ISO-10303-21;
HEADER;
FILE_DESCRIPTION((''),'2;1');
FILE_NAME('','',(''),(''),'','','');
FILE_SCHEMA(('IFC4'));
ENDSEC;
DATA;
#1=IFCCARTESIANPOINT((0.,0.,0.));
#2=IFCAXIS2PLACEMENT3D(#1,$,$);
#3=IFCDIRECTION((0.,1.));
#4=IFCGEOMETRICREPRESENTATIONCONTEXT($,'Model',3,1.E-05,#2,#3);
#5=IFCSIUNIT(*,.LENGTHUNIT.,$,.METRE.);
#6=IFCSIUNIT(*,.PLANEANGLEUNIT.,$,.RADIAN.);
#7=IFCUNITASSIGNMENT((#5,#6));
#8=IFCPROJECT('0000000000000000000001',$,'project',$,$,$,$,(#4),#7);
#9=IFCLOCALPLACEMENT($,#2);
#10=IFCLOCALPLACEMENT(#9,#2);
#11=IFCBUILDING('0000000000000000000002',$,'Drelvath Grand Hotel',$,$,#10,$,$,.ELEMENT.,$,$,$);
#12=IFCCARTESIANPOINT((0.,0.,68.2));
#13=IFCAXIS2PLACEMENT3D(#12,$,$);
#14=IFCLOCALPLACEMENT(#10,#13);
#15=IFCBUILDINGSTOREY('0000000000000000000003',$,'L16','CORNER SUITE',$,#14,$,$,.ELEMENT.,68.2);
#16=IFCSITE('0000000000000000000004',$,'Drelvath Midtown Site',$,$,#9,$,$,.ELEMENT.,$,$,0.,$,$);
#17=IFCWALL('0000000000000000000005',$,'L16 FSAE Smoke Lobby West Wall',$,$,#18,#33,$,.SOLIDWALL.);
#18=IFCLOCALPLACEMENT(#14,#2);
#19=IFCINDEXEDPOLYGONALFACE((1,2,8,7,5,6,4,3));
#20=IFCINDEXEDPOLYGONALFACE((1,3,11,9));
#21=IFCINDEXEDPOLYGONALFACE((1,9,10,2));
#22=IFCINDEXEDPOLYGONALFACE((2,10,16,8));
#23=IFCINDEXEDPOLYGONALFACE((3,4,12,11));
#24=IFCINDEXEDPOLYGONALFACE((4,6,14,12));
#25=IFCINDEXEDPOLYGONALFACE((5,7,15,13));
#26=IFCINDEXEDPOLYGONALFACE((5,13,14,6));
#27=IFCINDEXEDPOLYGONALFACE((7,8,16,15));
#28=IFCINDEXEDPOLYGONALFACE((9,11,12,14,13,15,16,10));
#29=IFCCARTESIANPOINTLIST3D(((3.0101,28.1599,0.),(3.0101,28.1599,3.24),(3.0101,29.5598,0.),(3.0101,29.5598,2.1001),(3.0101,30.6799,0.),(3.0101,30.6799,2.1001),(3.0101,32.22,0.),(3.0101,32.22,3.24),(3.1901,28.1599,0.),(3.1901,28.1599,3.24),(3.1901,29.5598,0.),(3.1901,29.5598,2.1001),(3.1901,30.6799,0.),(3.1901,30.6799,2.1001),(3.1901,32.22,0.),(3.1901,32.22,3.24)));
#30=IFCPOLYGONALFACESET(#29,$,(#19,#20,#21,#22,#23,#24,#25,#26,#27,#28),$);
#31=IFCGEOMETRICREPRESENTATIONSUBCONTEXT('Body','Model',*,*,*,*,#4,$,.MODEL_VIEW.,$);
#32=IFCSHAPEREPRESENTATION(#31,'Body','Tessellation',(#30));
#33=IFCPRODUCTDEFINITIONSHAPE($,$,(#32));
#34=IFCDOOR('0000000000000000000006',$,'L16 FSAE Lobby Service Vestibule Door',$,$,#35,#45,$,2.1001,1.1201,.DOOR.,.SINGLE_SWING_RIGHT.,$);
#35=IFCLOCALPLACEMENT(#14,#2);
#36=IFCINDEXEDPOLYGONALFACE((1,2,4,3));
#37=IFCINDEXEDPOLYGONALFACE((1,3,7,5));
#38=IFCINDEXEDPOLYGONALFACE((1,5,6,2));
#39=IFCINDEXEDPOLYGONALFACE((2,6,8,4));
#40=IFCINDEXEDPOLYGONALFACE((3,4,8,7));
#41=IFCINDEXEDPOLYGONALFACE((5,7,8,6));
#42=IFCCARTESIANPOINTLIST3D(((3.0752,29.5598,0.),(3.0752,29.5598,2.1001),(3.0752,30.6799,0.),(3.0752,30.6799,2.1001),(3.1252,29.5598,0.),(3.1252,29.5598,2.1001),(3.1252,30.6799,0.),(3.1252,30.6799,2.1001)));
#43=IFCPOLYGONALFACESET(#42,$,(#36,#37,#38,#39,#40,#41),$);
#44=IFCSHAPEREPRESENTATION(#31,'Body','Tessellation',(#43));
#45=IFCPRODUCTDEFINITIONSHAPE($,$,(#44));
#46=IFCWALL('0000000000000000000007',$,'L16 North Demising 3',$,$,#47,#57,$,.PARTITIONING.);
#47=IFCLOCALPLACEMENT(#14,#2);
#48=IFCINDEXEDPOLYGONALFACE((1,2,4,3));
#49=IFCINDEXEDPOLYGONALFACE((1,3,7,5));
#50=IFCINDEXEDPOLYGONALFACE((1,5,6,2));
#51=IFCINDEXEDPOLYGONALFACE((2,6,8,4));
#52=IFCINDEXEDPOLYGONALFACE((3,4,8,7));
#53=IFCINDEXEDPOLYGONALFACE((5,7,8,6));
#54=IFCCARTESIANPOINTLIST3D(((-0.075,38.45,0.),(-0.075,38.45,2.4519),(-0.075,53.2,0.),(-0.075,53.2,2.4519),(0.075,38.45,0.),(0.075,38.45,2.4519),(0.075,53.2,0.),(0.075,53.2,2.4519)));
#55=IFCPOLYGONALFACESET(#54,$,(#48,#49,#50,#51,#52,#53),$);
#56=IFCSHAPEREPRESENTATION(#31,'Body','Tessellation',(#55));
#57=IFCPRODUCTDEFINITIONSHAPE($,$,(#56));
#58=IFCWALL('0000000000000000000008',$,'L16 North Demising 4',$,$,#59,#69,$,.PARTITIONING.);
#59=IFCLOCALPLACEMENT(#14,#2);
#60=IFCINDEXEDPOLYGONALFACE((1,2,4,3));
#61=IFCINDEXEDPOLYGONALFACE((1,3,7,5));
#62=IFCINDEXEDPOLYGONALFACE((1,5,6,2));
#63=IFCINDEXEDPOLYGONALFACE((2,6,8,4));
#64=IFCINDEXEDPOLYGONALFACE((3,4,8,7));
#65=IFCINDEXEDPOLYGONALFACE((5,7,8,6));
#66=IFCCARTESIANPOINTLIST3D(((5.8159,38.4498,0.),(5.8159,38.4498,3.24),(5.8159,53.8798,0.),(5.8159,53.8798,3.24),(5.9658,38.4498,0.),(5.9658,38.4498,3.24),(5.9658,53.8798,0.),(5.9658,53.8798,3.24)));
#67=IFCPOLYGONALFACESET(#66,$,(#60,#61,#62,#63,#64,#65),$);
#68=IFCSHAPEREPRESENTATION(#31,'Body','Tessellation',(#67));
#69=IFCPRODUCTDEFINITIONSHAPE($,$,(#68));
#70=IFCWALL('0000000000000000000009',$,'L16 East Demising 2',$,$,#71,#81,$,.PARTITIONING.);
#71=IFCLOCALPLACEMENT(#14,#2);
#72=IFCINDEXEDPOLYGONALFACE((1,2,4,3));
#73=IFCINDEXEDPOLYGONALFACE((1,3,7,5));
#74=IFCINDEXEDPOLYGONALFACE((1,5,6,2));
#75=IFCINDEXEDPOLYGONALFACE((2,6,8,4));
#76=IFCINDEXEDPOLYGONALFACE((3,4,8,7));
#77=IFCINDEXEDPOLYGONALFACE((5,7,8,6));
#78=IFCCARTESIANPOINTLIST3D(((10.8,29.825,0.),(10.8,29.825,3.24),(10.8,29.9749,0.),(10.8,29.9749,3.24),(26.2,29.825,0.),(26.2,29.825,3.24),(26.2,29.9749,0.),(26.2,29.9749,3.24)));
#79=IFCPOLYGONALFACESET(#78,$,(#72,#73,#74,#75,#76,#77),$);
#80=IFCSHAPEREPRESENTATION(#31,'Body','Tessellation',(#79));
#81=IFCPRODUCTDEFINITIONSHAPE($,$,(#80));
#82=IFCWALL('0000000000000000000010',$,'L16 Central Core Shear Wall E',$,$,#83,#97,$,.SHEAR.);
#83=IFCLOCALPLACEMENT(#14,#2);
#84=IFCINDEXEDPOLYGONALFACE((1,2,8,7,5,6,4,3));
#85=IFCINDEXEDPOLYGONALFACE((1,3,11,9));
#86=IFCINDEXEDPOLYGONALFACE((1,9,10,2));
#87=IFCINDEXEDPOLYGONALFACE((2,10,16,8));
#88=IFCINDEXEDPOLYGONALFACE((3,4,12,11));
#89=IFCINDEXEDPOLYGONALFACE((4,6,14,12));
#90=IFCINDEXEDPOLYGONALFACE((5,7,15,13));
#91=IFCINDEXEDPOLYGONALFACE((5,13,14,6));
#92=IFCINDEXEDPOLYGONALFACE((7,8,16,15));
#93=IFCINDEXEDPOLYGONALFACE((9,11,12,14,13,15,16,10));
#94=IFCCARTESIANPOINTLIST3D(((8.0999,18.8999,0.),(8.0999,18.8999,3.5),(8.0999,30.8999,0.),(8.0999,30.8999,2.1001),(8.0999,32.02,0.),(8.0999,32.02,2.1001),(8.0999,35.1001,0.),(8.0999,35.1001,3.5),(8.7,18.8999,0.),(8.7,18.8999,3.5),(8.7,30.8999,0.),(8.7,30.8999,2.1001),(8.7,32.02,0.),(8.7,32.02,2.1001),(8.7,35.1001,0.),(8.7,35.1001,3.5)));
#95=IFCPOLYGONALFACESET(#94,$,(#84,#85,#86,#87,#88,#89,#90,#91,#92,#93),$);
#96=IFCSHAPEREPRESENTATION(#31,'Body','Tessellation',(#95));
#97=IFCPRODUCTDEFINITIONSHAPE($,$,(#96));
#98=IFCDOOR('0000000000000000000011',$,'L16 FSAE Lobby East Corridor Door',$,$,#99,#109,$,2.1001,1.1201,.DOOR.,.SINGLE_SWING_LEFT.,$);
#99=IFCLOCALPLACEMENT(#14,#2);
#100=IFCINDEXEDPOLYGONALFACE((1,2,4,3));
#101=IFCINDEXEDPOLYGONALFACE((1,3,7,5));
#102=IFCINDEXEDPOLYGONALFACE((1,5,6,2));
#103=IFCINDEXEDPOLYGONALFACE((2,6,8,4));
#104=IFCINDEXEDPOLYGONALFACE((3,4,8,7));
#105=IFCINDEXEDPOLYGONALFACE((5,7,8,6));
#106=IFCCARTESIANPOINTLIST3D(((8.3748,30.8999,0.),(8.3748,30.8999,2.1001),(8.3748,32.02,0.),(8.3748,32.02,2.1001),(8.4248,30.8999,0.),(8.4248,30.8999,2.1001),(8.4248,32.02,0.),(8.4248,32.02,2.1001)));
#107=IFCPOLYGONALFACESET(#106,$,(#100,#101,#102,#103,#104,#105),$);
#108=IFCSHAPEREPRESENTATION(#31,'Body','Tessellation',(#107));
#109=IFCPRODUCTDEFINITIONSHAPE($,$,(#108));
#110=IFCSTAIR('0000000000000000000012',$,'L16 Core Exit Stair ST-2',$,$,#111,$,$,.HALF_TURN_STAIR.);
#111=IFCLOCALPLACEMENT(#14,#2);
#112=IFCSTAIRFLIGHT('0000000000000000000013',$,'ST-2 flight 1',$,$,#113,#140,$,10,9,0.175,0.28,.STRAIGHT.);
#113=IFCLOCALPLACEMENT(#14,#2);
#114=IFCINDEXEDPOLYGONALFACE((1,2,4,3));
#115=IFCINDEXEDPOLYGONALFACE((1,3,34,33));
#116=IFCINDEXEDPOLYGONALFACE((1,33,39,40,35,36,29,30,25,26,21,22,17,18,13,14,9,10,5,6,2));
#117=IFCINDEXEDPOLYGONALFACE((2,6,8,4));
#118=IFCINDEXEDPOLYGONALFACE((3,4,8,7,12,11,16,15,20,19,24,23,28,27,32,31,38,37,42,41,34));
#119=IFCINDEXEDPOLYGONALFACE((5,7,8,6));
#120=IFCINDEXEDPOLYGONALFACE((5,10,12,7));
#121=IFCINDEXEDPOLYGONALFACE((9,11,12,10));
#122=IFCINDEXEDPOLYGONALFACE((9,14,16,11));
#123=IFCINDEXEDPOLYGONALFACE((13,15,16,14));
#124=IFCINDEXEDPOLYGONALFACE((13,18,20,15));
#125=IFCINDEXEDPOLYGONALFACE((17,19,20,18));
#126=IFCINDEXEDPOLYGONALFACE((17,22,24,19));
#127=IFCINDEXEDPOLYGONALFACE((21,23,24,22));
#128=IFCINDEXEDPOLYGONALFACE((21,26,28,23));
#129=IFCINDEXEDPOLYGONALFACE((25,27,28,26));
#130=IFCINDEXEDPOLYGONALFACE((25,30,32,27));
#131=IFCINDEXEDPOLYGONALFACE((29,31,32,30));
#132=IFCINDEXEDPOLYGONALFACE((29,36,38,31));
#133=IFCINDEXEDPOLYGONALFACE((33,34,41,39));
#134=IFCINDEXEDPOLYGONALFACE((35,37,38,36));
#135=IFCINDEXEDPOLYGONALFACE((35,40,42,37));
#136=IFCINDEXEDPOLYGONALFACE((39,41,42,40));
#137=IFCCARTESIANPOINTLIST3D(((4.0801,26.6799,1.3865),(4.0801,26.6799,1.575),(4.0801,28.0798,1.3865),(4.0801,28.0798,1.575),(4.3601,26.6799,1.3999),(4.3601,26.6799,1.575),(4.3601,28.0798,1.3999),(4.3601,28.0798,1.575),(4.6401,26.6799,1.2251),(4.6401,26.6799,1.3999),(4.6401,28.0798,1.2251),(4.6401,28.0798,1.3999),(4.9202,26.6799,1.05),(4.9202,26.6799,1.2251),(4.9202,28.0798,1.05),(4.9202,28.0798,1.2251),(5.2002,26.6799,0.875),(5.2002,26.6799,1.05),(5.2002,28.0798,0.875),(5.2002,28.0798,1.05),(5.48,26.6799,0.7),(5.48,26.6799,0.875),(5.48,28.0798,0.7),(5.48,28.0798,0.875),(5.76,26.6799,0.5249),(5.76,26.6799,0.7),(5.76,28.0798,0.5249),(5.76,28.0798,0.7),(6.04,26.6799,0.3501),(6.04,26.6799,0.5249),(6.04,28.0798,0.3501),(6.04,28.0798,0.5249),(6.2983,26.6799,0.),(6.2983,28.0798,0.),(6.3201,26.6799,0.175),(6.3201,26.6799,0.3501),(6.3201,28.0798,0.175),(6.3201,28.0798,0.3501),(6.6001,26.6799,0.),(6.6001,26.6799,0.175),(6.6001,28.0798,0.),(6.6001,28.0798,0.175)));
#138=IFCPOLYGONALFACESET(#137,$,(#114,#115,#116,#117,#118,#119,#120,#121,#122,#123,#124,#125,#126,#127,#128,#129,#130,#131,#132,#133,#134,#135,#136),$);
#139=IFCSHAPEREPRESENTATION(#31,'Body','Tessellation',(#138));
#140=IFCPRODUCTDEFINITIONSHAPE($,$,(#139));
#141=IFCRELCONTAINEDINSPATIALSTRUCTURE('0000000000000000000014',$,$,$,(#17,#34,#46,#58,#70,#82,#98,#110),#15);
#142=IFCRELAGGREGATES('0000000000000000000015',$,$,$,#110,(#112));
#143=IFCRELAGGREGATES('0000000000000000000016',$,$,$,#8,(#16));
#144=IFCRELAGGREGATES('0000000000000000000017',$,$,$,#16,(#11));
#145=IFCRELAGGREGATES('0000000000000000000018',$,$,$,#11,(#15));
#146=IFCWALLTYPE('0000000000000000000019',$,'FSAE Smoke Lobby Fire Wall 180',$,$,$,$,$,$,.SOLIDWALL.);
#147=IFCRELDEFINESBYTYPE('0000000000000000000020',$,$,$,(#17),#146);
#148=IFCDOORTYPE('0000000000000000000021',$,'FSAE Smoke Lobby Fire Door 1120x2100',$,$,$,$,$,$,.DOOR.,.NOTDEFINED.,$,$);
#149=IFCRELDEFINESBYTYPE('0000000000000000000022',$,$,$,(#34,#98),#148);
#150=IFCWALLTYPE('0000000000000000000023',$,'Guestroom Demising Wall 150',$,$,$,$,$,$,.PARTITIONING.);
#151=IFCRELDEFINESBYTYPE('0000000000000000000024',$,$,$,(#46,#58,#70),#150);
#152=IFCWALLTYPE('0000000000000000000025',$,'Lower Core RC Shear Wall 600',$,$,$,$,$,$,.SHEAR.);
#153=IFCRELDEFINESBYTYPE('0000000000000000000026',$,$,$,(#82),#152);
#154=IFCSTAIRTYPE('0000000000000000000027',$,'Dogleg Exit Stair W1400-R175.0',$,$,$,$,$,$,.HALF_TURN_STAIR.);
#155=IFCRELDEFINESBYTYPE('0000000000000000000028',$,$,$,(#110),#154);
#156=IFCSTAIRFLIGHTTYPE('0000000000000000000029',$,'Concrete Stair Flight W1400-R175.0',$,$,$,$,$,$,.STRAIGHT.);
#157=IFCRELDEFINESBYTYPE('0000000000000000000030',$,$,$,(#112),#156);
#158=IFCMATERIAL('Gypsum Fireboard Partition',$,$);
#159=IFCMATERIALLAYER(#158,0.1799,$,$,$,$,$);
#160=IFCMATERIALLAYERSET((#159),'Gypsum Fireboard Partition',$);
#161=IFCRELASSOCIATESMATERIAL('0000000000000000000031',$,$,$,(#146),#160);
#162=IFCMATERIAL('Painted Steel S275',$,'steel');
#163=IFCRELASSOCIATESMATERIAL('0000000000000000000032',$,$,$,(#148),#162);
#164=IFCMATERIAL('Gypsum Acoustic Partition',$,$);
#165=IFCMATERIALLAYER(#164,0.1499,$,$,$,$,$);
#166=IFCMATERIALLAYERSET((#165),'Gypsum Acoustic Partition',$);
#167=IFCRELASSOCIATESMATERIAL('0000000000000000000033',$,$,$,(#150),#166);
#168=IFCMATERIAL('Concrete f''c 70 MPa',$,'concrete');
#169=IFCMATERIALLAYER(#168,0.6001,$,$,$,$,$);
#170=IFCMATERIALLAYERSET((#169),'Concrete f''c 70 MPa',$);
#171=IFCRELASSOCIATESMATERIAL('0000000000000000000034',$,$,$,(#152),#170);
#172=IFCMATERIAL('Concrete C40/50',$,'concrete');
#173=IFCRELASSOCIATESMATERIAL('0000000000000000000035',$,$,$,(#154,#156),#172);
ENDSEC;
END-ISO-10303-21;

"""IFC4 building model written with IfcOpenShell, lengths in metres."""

from ifc_helpers import new_model, si_unit, direction, frame, frame_2d, origin, place, context, subcontext, project, spatial, polyline, rectangle, outline, extrude, material, layer, layer_set, type_object, element, fill, aggregate, save


model = new_model("IFC4")

# Units and contexts
model_context = context("Model", 3, precision=1e-05, world=origin(), true_north=direction((0.0, 1.0)))
body_context = subcontext(model_context, "Body", "Model", "MODEL_VIEW")
ifc_project = project(units=[si_unit("LENGTHUNIT", "METRE"), si_unit("PLANEANGLEUNIT", "RADIAN")], contexts=[model_context])

# Site, building, storey
site_placement = place(None, origin())
site = spatial("IfcSite", under=ifc_project, at=site_placement, Name="Drelvath Midtown Site", CompositionType="ELEMENT", RefElevation=0.0)
building_placement = place(site_placement, origin())
building = spatial("IfcBuilding", under=site, at=building_placement, Name="Drelvath Grand Hotel", CompositionType="ELEMENT")
storey_placement = place(building_placement, frame((0.0, 0.0, 68.2)))
storey = spatial("IfcBuildingStorey", under=building, at=storey_placement, Name="L16", Description="CORNER SUITE", CompositionType="ELEMENT", Elevation=68.2)

# Shared definitions
ifc_material_1 = material(Name="Concrete f'c 70 MPa", Category="concrete")

# Shared definitions
ifc_material_2 = material(Name="Concrete C40/50", Category="concrete")

# Shared definitions
ifc_material_3 = material(Name="Painted Steel S275", Category="steel")

# Shared definitions
ifc_material_4 = material(Name="Gypsum Fireboard Partition")

# Wall, opening, door
ifc_layer_1 = layer(ifc_material_4, 0.1799)
ifc_layer_set_1 = layer_set([ifc_layer_1], Name="Gypsum Fireboard Partition")
wall_type_1 = type_object("IfcWallType", Name="FSAE Smoke Lobby Fire Wall 180", PredefinedType="SOLIDWALL", material=ifc_layer_set_1)
wall_1_placement = place(storey_placement, frame((3.1001, 28.1599, 0.0), z_axis=(0.0, 0.0, 1.0), x_axis=(0.0, 1.0, 0.0)))
wall_1 = element("IfcWall", 1, at=wall_1_placement, inside=storey, type_object=wall_type_1, Name="L16 FSAE Smoke Lobby West Wall", PredefinedType="SOLIDWALL", context=body_context, shape_type="SweptSolid", body=[
    extrude(rectangle(XDim=4.0601, YDim=0.1799, at=frame_2d((2.03, 0.0))), origin(), (0.0, 0.0, 1.0), 3.24),
])
opening_1_placement = place(wall_1_placement, frame((1.3999, 0.0, 0.0)))
opening_1 = element("IfcOpeningElement", 2, at=opening_1_placement, cuts=wall_1, PredefinedType="OPENING", context=body_context, shape_type="SweptSolid", body=[
    extrude(rectangle(XDim=1.1201, YDim=2.1001, at=frame_2d((0.5601, 1.05))), frame((0.0, 0.0999, 0.0), z_axis=(0.0, -1.0, 0.0), x_axis=(1.0, 0.0, 0.0)), (0.0, 0.0, 1.0), 0.2),
])
door_type_1 = type_object("IfcDoorType", Name="FSAE Smoke Lobby Fire Door 1120x2100", OperationType="NOTDEFINED", PredefinedType="DOOR", material=ifc_material_3)
door_1_placement = place(opening_1_placement, origin())
door_1 = element("IfcDoor", 3, at=door_1_placement, inside=storey, type_object=door_type_1, Name="L16 FSAE Lobby Service Vestibule Door", OperationType="SINGLE_SWING_RIGHT", OverallHeight=2.1001, OverallWidth=1.1201, PredefinedType="DOOR", context=body_context, shape_type="SweptSolid", body=[
    extrude(rectangle(XDim=1.1201, YDim=2.1001, at=frame_2d((0.5601, 1.05))), frame((0.0, 0.0249, 0.0), z_axis=(0.0, -1.0, 0.0), x_axis=(1.0, 0.0, 0.0)), (0.0, 0.0, 1.0), 0.05),
])
fill(opening_1, door_1)

# Walls
ifc_material_5 = material(Name="Gypsum Acoustic Partition")
ifc_layer_2 = layer(ifc_material_5, 0.1499)
ifc_layer_set_2 = layer_set([ifc_layer_2], Name="Gypsum Acoustic Partition")
wall_type_2 = type_object("IfcWallType", Name="Guestroom Demising Wall 150", PredefinedType="PARTITIONING", material=ifc_layer_set_2)
wall_2_placement = place(storey_placement, frame((0.0, 38.45, 0.0), z_axis=(0.0, 0.0, 1.0), x_axis=(0.0, 1.0, 0.0)))
element("IfcWall", 4, at=wall_2_placement, inside=storey, type_object=wall_type_2, Name="L16 North Demising 3", PredefinedType="PARTITIONING", context=body_context, shape_type="SweptSolid", body=[
    extrude(rectangle(XDim=14.75, YDim=0.1499, at=frame_2d((7.375, 0.0))), origin(), (0.0, 0.0, 1.0), 2.4519),
])
wall_3_placement = place(storey_placement, frame((5.8909, 38.45, 0.0), z_axis=(0.0, 0.0, 1.0), x_axis=(0.0, 1.0, 0.0)))
element("IfcWall", 5, at=wall_3_placement, inside=storey, type_object=wall_type_2, Name="L16 North Demising 4", PredefinedType="PARTITIONING", context=body_context, shape_type="SweptSolid", body=[
    extrude(rectangle(XDim=15.4299, YDim=0.1499, at=frame_2d((7.7148, 0.0))), origin(), (0.0, 0.0, 1.0), 3.24),
])
wall_4_placement = place(storey_placement, frame((10.8, 29.8999, 0.0), z_axis=(0.0, 0.0, 1.0), x_axis=(1.0, 0.0, 0.0)))
element("IfcWall", 6, at=wall_4_placement, inside=storey, type_object=wall_type_2, Name="L16 East Demising 2", PredefinedType="PARTITIONING", context=body_context, shape_type="SweptSolid", body=[
    extrude(rectangle(XDim=15.3999, YDim=0.1499, at=frame_2d((7.7, 0.0))), origin(), (0.0, 0.0, 1.0), 3.24),
])

# Wall, opening, door
ifc_layer_3 = layer(ifc_material_1, 0.6001)
ifc_layer_set_3 = layer_set([ifc_layer_3], Name="Concrete f'c 70 MPa")
wall_type_3 = type_object("IfcWallType", Name="Lower Core RC Shear Wall 600", PredefinedType="SHEAR", material=ifc_layer_set_3)
wall_5_placement = place(storey_placement, frame((8.3999, 35.1001, 0.0), z_axis=(0.0, 0.0, 1.0), x_axis=(0.0, -1.0, 0.0)))
wall_5 = element("IfcWall", 7, at=wall_5_placement, inside=storey, type_object=wall_type_3, Name="L16 Central Core Shear Wall E", PredefinedType="SHEAR", context=body_context, shape_type="SweptSolid", body=[
    extrude(rectangle(XDim=16.2002, YDim=0.6001, at=frame_2d((8.1001, 0.0))), origin(), (0.0, 0.0, 1.0), 3.5),
])
opening_2_placement = place(wall_5_placement, frame((3.0801, 0.0, 0.0)))
opening_2 = element("IfcOpeningElement", 8, at=opening_2_placement, cuts=wall_5, PredefinedType="OPENING", context=body_context, shape_type="SweptSolid", body=[
    extrude(rectangle(XDim=1.1201, YDim=2.1001, at=frame_2d((0.5601, 1.05))), frame((0.0, 0.3101, 0.0), z_axis=(0.0, -1.0, 0.0), x_axis=(1.0, 0.0, 0.0)), (0.0, 0.0, 1.0), 0.6201),
])
door_2_placement = place(opening_2_placement, origin())
door_2 = element("IfcDoor", 9, at=door_2_placement, inside=storey, type_object=door_type_1, Name="L16 FSAE Lobby East Corridor Door", OperationType="SINGLE_SWING_LEFT", OverallHeight=2.1001, OverallWidth=1.1201, PredefinedType="DOOR", context=body_context, shape_type="SweptSolid", body=[
    extrude(rectangle(XDim=1.1201, YDim=2.1001, at=frame_2d((0.5601, 1.05))), frame((0.0, 0.0249, 0.0), z_axis=(0.0, -1.0, 0.0), x_axis=(1.0, 0.0, 0.0)), (0.0, 0.0, 1.0), 0.05),
])
fill(opening_2, door_2)

# Stair, stair flight
stair_type = type_object("IfcStairType", Name="Dogleg Exit Stair W1400-R175.0", PredefinedType="HALF_TURN_STAIR", material=ifc_material_2)
stair_placement = place(storey_placement, origin())
stair = element("IfcStair", 10, at=stair_placement, inside=storey, type_object=stair_type, Name="L16 Core Exit Stair ST-2", PredefinedType="HALF_TURN_STAIR")
stair_flight_type = type_object("IfcStairFlightType", Name="Concrete Stair Flight W1400-R175.0", PredefinedType="STRAIGHT", material=ifc_material_2)
stair_flight_placement = place(storey_placement, frame((6.6001, 27.3799, 0.0), z_axis=(0.0, 0.0, 1.0), x_axis=(-1.0, 0.0, 0.0)))
stair_flight = element("IfcStairFlight", 11, at=stair_flight_placement, type_object=stair_flight_type, Name="ST-2 flight 1", NumberOfRisers=10, NumberOfTreads=9, PredefinedType="STRAIGHT", RiserHeight=0.175, TreadLength=0.28, context=body_context, shape_type="SweptSolid", body=[
    extrude(outline(polyline([(0.0, 0.0), (0.0, 0.175), (0.28, 0.175), (0.28, 0.3501), (0.5601, 0.3501), (0.5601, 0.5249), (0.8401, 0.5249), (0.8401, 0.7), (1.1201, 0.7), (1.1201, 0.875), (1.3999, 0.875), (1.3999, 1.05), (1.6799, 1.05), (1.6799, 1.2251), (1.96, 1.2251), (1.96, 1.3999), (2.24, 1.3999), (2.24, 1.575), (2.52, 1.575), (2.52, 1.75), (2.52, 1.3865), (0.3018, 0.0), (0.0, 0.0)])), frame((0.0, 0.7, 0.0), z_axis=(0.0, -1.0, 0.0), x_axis=(1.0, 0.0, 0.0)), (0.0, 0.0, 1.0), 1.3999),
])
aggregate(stair, [stair_flight])

save(model, "model.ifc")
